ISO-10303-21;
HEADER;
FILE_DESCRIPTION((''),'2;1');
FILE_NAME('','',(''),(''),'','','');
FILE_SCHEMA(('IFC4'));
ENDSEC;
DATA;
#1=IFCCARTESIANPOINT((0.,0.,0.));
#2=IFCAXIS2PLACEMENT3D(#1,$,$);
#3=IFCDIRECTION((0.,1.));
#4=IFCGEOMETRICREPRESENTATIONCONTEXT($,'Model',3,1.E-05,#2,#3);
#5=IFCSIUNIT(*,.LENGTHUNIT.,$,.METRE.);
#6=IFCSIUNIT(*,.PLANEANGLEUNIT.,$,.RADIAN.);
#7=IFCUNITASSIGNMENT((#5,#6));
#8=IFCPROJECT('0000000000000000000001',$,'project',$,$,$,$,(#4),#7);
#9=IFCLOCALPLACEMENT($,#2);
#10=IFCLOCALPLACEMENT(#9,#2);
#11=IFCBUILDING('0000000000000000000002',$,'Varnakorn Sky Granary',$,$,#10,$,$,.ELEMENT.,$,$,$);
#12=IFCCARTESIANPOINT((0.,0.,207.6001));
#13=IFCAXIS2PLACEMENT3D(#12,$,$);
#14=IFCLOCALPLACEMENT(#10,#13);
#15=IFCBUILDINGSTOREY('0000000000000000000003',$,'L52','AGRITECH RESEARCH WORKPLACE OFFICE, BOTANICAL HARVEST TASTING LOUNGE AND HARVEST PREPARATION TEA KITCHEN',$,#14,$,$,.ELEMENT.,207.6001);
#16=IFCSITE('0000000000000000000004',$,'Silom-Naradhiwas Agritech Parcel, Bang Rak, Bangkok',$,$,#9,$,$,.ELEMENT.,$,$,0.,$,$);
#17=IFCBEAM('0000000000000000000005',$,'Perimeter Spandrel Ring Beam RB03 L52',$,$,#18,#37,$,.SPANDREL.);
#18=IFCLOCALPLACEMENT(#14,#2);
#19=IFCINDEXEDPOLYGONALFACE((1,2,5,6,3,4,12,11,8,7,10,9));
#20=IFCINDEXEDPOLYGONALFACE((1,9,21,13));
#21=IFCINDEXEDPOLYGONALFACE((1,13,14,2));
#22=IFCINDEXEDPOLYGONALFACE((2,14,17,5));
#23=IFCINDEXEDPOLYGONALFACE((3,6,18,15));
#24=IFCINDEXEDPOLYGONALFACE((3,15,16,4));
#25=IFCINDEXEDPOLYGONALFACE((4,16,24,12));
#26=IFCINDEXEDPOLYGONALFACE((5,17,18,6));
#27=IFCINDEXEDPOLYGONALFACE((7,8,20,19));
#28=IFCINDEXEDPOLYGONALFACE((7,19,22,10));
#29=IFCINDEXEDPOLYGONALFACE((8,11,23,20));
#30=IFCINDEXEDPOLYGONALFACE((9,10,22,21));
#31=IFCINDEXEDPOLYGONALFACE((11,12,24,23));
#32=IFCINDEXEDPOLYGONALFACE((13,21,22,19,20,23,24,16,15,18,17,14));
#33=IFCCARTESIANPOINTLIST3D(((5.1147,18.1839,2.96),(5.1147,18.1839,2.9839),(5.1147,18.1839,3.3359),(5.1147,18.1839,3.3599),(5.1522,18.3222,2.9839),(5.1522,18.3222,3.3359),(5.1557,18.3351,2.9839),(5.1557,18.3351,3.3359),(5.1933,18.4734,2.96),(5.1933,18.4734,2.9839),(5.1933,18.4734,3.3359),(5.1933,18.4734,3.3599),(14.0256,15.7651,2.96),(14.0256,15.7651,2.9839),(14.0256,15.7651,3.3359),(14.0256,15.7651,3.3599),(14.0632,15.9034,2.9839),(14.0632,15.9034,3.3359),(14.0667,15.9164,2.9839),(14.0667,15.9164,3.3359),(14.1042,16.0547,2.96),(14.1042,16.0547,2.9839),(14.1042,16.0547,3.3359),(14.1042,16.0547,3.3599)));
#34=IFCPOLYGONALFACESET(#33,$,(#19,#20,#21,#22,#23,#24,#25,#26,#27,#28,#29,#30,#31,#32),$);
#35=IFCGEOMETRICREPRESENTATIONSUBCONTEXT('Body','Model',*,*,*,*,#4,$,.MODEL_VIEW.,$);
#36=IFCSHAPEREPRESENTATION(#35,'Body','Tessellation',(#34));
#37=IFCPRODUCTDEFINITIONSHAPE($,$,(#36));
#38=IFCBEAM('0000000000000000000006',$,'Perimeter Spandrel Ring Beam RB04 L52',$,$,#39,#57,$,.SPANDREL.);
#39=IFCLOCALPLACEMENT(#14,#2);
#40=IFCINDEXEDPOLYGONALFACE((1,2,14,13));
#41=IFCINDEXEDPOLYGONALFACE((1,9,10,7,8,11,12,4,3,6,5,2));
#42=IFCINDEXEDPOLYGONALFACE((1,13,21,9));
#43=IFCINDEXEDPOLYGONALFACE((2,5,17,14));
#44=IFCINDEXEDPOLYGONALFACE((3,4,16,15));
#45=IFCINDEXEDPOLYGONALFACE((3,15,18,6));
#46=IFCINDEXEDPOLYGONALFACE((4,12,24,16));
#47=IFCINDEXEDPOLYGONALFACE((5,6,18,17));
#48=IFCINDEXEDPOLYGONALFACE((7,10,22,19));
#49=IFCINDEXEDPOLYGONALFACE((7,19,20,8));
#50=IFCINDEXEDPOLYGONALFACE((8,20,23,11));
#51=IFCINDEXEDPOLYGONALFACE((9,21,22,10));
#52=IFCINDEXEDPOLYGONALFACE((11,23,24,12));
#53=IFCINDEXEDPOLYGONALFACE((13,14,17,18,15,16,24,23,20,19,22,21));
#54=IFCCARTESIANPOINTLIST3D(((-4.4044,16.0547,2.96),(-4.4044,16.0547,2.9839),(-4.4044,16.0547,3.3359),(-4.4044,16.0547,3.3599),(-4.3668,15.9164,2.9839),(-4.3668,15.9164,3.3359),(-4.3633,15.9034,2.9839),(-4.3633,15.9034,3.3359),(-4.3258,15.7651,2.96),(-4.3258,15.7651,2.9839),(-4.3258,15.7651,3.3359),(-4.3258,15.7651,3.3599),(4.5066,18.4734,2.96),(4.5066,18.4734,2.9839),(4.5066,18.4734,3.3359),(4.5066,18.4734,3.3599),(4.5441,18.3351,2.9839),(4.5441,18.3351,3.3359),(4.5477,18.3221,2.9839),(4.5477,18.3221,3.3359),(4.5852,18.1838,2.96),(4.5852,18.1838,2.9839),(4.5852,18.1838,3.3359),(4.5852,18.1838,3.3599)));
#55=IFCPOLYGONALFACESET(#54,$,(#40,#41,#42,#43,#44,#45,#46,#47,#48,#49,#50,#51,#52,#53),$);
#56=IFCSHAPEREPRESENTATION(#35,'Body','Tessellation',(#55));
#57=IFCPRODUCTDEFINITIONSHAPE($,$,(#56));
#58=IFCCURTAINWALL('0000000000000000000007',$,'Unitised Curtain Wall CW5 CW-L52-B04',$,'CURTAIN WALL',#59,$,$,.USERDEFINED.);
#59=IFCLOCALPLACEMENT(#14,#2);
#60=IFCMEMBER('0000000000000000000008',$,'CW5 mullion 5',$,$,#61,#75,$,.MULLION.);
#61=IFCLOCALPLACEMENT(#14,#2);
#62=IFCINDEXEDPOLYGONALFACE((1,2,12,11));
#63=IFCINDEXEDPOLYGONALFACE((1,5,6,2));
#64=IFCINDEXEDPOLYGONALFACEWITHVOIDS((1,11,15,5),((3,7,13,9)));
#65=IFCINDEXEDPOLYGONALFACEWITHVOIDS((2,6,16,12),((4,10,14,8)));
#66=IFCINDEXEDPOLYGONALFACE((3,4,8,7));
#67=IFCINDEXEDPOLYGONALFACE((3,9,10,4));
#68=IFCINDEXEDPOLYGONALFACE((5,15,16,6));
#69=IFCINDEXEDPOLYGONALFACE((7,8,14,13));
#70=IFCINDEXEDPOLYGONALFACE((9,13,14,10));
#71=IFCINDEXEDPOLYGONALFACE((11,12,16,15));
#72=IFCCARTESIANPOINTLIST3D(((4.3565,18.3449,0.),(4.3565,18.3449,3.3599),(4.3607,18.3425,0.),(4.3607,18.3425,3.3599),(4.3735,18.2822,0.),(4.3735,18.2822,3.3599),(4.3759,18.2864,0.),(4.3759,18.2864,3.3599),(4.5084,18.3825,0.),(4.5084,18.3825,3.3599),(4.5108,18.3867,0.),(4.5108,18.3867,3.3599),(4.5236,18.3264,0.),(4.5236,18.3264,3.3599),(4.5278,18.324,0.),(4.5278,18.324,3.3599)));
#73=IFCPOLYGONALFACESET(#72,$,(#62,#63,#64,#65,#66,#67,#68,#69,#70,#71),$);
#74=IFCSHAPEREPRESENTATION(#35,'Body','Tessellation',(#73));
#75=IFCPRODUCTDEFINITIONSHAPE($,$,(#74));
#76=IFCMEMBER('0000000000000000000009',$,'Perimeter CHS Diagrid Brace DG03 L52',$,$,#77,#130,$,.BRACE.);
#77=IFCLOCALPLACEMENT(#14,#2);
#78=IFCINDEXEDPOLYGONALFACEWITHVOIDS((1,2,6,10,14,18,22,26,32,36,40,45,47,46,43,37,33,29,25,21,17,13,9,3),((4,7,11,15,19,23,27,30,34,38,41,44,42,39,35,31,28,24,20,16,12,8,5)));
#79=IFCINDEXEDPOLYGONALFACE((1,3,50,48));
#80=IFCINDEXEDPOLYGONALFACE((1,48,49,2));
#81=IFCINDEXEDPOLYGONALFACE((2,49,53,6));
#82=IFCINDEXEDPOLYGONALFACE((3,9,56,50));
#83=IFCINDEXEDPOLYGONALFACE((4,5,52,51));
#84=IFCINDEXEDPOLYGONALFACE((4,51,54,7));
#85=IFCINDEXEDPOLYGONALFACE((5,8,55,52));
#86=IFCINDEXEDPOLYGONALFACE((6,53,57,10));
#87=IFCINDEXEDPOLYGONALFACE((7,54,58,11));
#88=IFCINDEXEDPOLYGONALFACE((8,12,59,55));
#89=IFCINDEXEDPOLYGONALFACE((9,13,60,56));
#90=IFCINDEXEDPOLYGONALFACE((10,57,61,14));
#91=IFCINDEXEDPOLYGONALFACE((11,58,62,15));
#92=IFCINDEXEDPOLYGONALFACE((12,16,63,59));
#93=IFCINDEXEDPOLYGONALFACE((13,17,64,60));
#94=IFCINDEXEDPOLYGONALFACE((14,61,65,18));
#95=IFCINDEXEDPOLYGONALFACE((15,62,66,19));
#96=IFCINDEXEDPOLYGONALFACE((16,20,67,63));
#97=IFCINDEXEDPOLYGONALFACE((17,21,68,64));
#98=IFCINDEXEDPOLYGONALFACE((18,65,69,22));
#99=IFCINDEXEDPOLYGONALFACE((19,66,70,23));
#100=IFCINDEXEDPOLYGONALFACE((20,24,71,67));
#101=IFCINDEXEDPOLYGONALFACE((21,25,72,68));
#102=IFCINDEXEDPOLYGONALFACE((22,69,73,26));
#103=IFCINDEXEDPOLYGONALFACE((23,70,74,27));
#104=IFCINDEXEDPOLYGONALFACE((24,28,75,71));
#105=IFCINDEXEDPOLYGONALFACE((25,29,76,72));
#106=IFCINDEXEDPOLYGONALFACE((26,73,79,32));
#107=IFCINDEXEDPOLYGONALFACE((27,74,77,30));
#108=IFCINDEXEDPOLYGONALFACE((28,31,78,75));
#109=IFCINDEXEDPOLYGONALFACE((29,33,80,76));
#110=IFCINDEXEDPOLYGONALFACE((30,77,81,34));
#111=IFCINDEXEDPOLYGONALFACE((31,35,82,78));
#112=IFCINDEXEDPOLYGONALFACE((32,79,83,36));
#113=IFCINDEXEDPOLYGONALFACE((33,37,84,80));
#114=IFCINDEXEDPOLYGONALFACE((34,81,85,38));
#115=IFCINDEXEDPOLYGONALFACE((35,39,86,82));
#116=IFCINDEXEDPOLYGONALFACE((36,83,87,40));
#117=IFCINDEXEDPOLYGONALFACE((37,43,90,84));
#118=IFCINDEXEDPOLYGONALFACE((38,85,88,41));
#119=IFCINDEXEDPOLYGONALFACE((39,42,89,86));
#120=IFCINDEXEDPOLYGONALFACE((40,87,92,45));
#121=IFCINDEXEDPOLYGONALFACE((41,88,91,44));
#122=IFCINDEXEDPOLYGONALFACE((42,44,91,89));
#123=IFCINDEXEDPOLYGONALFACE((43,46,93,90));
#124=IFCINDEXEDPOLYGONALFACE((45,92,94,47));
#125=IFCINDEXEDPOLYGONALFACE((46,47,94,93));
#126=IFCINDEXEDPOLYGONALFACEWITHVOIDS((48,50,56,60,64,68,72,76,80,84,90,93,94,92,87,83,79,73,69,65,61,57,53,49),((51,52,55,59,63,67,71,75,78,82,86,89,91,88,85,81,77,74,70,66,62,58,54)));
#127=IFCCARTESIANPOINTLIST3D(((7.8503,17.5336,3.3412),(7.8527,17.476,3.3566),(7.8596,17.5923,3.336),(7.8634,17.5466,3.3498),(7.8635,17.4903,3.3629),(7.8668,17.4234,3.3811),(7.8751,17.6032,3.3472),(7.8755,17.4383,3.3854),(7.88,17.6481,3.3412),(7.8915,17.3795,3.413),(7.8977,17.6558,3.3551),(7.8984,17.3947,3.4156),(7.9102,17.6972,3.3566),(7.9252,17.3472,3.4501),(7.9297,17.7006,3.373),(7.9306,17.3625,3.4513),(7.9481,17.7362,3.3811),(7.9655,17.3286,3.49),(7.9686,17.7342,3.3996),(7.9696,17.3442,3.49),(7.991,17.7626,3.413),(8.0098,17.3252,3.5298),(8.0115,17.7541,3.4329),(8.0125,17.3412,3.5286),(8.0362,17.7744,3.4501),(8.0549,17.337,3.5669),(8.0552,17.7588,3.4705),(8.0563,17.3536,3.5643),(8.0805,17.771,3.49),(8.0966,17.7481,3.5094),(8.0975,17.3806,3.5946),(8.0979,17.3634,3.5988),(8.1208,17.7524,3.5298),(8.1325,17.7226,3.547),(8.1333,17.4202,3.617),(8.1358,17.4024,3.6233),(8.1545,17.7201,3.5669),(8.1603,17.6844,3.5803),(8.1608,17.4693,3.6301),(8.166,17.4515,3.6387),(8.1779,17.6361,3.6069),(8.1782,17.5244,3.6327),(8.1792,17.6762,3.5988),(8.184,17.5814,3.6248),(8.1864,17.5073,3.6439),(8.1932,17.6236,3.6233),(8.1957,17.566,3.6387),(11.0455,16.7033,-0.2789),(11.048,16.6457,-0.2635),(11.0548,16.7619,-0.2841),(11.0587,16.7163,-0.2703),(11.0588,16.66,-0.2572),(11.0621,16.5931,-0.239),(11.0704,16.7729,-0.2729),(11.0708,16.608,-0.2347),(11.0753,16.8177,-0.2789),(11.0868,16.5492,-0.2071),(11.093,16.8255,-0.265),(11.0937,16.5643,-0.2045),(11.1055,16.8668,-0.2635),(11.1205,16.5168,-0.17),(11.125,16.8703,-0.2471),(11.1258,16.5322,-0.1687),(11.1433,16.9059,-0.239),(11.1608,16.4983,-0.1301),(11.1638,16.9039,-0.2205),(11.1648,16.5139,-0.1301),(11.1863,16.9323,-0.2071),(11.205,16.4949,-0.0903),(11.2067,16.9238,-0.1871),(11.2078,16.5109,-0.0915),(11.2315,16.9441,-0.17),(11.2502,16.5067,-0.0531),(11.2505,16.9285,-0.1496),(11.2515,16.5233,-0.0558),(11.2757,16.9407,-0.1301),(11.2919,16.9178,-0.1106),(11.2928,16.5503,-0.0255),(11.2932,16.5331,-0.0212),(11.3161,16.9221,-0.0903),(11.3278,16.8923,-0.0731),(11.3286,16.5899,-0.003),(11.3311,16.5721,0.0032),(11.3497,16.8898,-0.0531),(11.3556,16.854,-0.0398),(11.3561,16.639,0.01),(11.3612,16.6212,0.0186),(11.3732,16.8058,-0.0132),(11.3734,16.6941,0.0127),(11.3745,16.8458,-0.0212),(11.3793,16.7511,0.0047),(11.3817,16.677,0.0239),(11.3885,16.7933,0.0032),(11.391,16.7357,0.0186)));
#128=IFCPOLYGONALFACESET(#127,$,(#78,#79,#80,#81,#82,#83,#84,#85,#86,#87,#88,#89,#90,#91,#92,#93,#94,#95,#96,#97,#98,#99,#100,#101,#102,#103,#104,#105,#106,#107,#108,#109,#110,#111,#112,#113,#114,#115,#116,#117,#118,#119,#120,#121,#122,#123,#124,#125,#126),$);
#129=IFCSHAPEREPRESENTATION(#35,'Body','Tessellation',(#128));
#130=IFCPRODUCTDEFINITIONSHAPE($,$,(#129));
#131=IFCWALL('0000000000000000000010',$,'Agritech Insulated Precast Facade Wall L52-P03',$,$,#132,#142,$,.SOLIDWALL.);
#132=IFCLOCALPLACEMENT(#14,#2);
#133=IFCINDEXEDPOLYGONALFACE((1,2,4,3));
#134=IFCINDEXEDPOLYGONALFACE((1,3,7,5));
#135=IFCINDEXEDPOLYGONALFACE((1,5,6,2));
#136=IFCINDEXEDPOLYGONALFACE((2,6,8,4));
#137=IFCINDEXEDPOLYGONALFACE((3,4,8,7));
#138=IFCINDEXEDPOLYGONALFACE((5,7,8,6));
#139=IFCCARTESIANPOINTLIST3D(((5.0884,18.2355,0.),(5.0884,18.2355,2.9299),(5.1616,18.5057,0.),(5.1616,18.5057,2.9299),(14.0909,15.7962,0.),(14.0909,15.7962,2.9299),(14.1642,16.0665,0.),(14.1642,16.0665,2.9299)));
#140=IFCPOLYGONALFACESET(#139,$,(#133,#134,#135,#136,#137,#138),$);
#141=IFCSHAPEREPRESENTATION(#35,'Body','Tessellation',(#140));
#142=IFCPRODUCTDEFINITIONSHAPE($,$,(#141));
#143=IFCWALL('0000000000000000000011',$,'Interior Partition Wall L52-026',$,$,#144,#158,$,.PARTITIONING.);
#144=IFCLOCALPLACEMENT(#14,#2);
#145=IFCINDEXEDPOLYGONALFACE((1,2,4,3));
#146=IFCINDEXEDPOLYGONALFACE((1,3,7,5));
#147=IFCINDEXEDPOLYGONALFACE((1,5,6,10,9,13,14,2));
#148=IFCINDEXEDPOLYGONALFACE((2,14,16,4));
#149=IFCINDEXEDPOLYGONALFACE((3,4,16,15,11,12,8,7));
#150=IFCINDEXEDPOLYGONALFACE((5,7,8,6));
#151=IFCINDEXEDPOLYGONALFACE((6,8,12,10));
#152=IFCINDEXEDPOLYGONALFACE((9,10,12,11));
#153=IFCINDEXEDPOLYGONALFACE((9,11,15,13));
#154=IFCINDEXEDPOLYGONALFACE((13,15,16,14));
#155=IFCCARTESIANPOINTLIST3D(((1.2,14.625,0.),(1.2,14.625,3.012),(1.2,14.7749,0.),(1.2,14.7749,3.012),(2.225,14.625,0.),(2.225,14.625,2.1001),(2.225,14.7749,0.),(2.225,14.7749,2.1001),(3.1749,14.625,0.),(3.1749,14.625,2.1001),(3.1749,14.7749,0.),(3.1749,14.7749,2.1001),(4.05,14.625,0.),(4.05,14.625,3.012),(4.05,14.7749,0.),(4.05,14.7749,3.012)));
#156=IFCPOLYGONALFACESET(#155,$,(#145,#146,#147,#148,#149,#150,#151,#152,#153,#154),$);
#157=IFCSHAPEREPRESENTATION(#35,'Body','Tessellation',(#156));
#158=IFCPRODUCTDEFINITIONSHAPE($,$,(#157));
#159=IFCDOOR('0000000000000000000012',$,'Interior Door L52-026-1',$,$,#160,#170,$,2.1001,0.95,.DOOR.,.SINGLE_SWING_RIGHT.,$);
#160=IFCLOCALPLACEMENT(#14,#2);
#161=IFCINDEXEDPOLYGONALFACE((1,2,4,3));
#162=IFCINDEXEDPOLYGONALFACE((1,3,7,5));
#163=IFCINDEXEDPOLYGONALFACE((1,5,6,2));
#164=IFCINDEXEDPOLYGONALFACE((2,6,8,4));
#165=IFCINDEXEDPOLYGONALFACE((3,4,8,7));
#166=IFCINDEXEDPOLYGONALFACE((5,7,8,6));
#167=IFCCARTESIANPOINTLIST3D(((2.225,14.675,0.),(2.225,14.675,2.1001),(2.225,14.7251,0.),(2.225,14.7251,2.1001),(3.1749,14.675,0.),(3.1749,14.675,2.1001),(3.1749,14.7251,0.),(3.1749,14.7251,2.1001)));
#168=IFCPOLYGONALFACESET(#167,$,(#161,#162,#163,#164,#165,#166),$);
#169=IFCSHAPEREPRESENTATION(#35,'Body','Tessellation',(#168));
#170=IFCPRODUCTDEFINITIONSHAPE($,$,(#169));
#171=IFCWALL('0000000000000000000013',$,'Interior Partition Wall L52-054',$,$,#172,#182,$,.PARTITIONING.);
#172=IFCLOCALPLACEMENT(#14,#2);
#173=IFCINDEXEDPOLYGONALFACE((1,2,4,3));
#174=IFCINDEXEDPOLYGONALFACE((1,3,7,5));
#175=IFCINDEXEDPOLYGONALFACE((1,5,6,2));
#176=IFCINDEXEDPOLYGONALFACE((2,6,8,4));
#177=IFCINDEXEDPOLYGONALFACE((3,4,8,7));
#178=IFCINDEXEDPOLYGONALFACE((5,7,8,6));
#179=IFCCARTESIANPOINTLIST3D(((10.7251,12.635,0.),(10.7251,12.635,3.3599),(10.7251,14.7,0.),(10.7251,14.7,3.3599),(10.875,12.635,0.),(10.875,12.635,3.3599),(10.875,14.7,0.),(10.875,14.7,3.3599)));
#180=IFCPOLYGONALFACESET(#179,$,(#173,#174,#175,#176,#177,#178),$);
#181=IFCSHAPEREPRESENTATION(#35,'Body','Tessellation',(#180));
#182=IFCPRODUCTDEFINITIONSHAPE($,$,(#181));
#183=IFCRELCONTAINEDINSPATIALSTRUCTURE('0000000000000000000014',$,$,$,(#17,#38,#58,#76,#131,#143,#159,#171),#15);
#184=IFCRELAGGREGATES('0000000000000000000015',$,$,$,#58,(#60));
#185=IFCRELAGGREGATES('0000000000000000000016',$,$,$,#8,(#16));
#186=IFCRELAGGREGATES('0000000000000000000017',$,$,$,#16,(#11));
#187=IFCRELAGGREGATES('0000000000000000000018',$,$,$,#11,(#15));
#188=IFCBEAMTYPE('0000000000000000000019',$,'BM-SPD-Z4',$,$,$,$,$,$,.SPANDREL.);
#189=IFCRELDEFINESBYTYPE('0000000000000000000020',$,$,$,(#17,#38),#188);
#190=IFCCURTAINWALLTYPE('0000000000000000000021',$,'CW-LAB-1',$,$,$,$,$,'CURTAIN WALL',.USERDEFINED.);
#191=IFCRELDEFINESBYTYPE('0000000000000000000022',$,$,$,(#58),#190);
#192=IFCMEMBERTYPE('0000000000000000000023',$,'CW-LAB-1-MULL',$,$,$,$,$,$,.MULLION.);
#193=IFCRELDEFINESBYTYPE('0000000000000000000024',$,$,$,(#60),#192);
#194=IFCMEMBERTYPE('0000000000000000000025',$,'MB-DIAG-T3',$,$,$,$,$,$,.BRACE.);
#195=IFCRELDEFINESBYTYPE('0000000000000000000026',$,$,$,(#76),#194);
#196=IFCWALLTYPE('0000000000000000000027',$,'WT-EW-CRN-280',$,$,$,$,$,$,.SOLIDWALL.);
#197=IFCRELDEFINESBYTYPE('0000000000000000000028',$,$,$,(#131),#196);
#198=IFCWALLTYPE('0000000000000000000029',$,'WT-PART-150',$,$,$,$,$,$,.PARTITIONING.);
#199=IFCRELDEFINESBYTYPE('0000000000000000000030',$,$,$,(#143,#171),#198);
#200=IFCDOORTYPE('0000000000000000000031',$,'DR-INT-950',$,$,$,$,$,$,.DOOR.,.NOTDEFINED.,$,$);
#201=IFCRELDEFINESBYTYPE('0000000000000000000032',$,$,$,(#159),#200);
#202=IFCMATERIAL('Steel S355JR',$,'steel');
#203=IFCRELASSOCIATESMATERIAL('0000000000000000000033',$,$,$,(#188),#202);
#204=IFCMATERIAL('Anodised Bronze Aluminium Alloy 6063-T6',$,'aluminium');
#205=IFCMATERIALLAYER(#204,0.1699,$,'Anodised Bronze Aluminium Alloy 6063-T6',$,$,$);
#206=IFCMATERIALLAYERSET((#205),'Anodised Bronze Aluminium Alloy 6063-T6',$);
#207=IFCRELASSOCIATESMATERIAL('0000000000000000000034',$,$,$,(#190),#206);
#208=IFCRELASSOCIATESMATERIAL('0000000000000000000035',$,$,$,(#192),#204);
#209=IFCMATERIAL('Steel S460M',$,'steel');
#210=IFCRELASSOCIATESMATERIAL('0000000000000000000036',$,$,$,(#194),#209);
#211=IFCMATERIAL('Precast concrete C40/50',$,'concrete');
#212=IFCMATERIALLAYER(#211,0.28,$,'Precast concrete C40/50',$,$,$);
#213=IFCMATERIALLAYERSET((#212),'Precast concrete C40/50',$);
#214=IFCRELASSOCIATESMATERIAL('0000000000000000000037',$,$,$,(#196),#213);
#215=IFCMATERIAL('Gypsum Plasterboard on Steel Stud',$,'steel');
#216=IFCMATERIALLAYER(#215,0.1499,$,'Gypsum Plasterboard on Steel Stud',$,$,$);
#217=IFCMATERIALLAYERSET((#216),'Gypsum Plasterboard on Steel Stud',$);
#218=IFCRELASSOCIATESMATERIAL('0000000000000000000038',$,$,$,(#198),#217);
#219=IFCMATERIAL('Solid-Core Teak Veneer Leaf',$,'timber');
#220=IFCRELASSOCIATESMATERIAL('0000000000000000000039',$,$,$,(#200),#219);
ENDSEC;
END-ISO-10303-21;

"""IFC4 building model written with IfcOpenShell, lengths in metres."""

from ifc_helpers import new_model, si_unit, direction, frame, frame_2d, origin, origin_2d, place, context, subcontext, project, spatial, rectangle, hollow_rectangle, hollow_circle, i_section, extrude, material, layer, layer_set, material_profile, profile_set, type_object, element, fill, aggregate, save


model = new_model("IFC4")

# Units and contexts
model_context = context("Model", 3, precision=1e-05, world=origin(), true_north=direction((0.0, 1.0)))
body_context = subcontext(model_context, "Body", "Model", "MODEL_VIEW")
ifc_project = project(units=[si_unit("LENGTHUNIT", "METRE"), si_unit("PLANEANGLEUNIT", "RADIAN")], contexts=[model_context])

# Site, building, storey
site_placement = place(None, origin())
site = spatial("IfcSite", under=ifc_project, at=site_placement, Name="Silom-Naradhiwas Agritech Parcel, Bang Rak, Bangkok", CompositionType="ELEMENT", RefElevation=0.0)
building_placement = place(site_placement, origin())
building = spatial("IfcBuilding", under=site, at=building_placement, Name="Varnakorn Sky Granary", CompositionType="ELEMENT")
storey_placement = place(building_placement, frame((0.0, 0.0, 207.6001)))
storey = spatial("IfcBuildingStorey", under=building, at=storey_placement, Name="L52", Description="AGRITECH RESEARCH WORKPLACE OFFICE, BOTANICAL HARVEST TASTING LOUNGE AND HARVEST PREPARATION TEA KITCHEN", CompositionType="ELEMENT", Elevation=207.6001)

# Shared definitions
ifc_material_1 = material(Name="Steel S460M", Category="steel")

# Beams
ifc_material_2 = material(Name="Steel S355JR", Category="steel")
ifc_material_profile_1 = material_profile(ifc_material_2, i_section(OverallWidth=0.3, OverallDepth=0.3999, WebThickness=0.0134, FlangeThickness=0.0239, at=origin_2d()), Name="HE 400 B")
ifc_profile_set_1 = profile_set([ifc_material_profile_1], Name="Steel S355JR")
beam_type_1 = type_object("IfcBeamType", Name="BM-SPD-Z4", PredefinedType="SPANDREL", material=ifc_profile_set_1)
for number, where, z_axis, x_axis, name in (
    (1, (14.0649, 15.9099, 3.1599), (-0.96508, 0.261954, 0.0), (-0.261954, -0.96508, 0.0), "Perimeter Spandrel Ring Beam RB03 L52"),
    (2, (4.5459, 18.3286, 3.1599), (-0.96508, -0.261954, 0.0), (0.261954, -0.96508, 0.0), "Perimeter Spandrel Ring Beam RB04 L52"),
):
    element("IfcBeam", number, at=place(storey_placement, frame(where, z_axis=z_axis, x_axis=x_axis)), inside=storey, type_object=beam_type_1, Name=name, PredefinedType="SPANDREL", context=body_context, shape_type="SweptSolid", body=[
        extrude(i_section(OverallWidth=0.3, OverallDepth=0.3999, WebThickness=0.0134, FlangeThickness=0.0239, at=origin_2d()), origin(), (0.0, 0.0, 1.0), 9.2334),
    ])

# Curtain wall, member
ifc_material_3 = material(Name="Anodised Bronze Aluminium Alloy 6063-T6", Category="aluminium")
ifc_layer_1 = layer(ifc_material_3, 0.1699, Name="Anodised Bronze Aluminium Alloy 6063-T6")
ifc_layer_set_1 = layer_set([ifc_layer_1], Name="Anodised Bronze Aluminium Alloy 6063-T6")
curtain_wall_type = type_object("IfcCurtainWallType", Name="CW-LAB-1", ElementType="CURTAIN WALL", PredefinedType="USERDEFINED", material=ifc_layer_set_1)
curtain_wall_placement = place(storey_placement, origin())
curtain_wall = element("IfcCurtainWall", 3, at=curtain_wall_placement, inside=storey, type_object=curtain_wall_type, Name="Unitised Curtain Wall CW5 CW-L52-B04", ObjectType="CURTAIN WALL", PredefinedType="USERDEFINED")
ifc_material_profile_2 = material_profile(ifc_material_3, hollow_rectangle(XDim=0.0649, YDim=0.1599, WallThickness=0.0034, at=origin_2d()), Name="ALU MULL 65x160")
ifc_profile_set_2 = profile_set([ifc_material_profile_2], Name="Anodised Bronze Aluminium Alloy 6063-T6")
member_type_1 = type_object("IfcMemberType", Name="CW-LAB-1-MULL", PredefinedType="MULLION", material=ifc_profile_set_2)
member_1_placement = place(storey_placement, frame((4.4421, 18.3345, 0.0), z_axis=(0.0, 0.0, 1.0), x_axis=(-0.261502, 0.965203, 0.0)))
member_1 = element("IfcMember", 4, at=member_1_placement, type_object=member_type_1, Name="CW5 mullion 5", PredefinedType="MULLION", context=body_context, shape_type="SweptSolid", body=[
    extrude(hollow_rectangle(XDim=0.0649, YDim=0.1599, WallThickness=0.0034, at=origin_2d()), origin(), (0.0, 0.0, 1.0), 3.3599),
])
aggregate(curtain_wall, [member_1])

# Member
ifc_material_profile_3 = material_profile(ifc_material_1, hollow_circle(Radius=0.2285, WallThickness=0.0161, at=origin_2d()), Name="CHS 457x16")
ifc_profile_set_3 = profile_set([ifc_material_profile_3], Name="Steel S460M")
member_type_2 = type_object("IfcMemberType", Name="MB-DIAG-T3", PredefinedType="BRACE", material=ifc_profile_set_3)
member_2_placement = place(storey_placement, frame((11.2183, 16.7195, -0.1301), z_axis=(-0.652177, 0.169472, 0.738881), x_axis=(-0.251504, -0.967856, 0.0)))
element("IfcMember", 5, at=member_2_placement, inside=storey, type_object=member_type_2, Name="Perimeter CHS Diagrid Brace DG03 L52", PredefinedType="BRACE", context=body_context, shape_type="SweptSolid", body=[
    extrude(hollow_circle(Radius=0.2285, WallThickness=0.0161, at=origin_2d()), origin(), (0.0, 0.0, 1.0), 4.8994),
])

# Wall
ifc_material_4 = material(Name="Precast concrete C40/50", Category="concrete")
ifc_layer_2 = layer(ifc_material_4, 0.28, Name="Precast concrete C40/50")
ifc_layer_set_2 = layer_set([ifc_layer_2], Name="Precast concrete C40/50")
wall_type_1 = type_object("IfcWallType", Name="WT-EW-CRN-280", PredefinedType="SOLIDWALL", material=ifc_layer_set_2)
wall_1_placement = place(storey_placement, frame((5.125, 18.3706, 0.0), z_axis=(0.0, 0.0, 1.0), x_axis=(0.965198, -0.26152, 0.0)))
element("IfcWall", 6, at=wall_1_placement, inside=storey, type_object=wall_type_1, Name="Agritech Insulated Precast Facade Wall L52-P03", PredefinedType="SOLIDWALL", context=body_context, shape_type="SweptSolid", body=[
    extrude(rectangle(XDim=9.3271, YDim=0.28, at=frame_2d((4.6636, 0.0))), origin(), (0.0, 0.0, 1.0), 2.9299),
])

# Wall, opening, door
ifc_material_5 = material(Name="Gypsum Plasterboard on Steel Stud", Category="steel")
ifc_layer_3 = layer(ifc_material_5, 0.1499, Name="Gypsum Plasterboard on Steel Stud")
ifc_layer_set_3 = layer_set([ifc_layer_3], Name="Gypsum Plasterboard on Steel Stud")
wall_type_2 = type_object("IfcWallType", Name="WT-PART-150", PredefinedType="PARTITIONING", material=ifc_layer_set_3)
wall_2_placement = place(storey_placement, frame((4.05, 14.7, 0.0), z_axis=(0.0, 0.0, 1.0), x_axis=(-1.0, 0.0, 0.0)))
wall_2 = element("IfcWall", 7, at=wall_2_placement, inside=storey, type_object=wall_type_2, Name="Interior Partition Wall L52-026", PredefinedType="PARTITIONING", context=body_context, shape_type="SweptSolid", body=[
    extrude(rectangle(XDim=2.8501, YDim=0.1499, at=frame_2d((1.425, 0.0))), origin(), (0.0, 0.0, 1.0), 3.012),
])
opening_1_placement = place(wall_2_placement, frame((0.875, 0.0, 0.0)))
opening_1 = element("IfcOpeningElement", 8, at=opening_1_placement, cuts=wall_2, PredefinedType="OPENING", context=body_context, shape_type="SweptSolid", body=[
    extrude(rectangle(XDim=0.95, YDim=2.1001, at=frame_2d((0.4751, 1.05))), frame((0.0, 0.085, 0.0), z_axis=(0.0, -1.0, 0.0), x_axis=(1.0, 0.0, 0.0)), (0.0, 0.0, 1.0), 0.1699),
])
ifc_material_6 = material(Name="Solid-Core Teak Veneer Leaf", Category="timber")
door_type = type_object("IfcDoorType", Name="DR-INT-950", OperationType="NOTDEFINED", PredefinedType="DOOR", material=ifc_material_6)
door_1_placement = place(opening_1_placement, origin())
door_1 = element("IfcDoor", 9, at=door_1_placement, inside=storey, type_object=door_type, Name="Interior Door L52-026-1", OperationType="SINGLE_SWING_RIGHT", OverallHeight=2.1001, OverallWidth=0.95, PredefinedType="DOOR", context=body_context, shape_type="SweptSolid", body=[
    extrude(rectangle(XDim=0.95, YDim=2.1001, at=frame_2d((0.4751, 1.05))), frame((0.0, 0.0249, 0.0), z_axis=(0.0, -1.0, 0.0), x_axis=(1.0, 0.0, 0.0)), (0.0, 0.0, 1.0), 0.05),
])
fill(opening_1, door_1)

# Wall
wall_3_placement = place(storey_placement, frame((10.8, 12.635, 0.0), z_axis=(0.0, 0.0, 1.0), x_axis=(0.0, 1.0, 0.0)))
element("IfcWall", 10, at=wall_3_placement, inside=storey, type_object=wall_type_2, Name="Interior Partition Wall L52-054", PredefinedType="PARTITIONING", context=body_context, shape_type="SweptSolid", body=[
    extrude(rectangle(XDim=2.0649, YDim=0.1499, at=frame_2d((1.0325, 0.0))), origin(), (0.0, 0.0, 1.0), 3.3599),
])

save(model, "model.ifc")
